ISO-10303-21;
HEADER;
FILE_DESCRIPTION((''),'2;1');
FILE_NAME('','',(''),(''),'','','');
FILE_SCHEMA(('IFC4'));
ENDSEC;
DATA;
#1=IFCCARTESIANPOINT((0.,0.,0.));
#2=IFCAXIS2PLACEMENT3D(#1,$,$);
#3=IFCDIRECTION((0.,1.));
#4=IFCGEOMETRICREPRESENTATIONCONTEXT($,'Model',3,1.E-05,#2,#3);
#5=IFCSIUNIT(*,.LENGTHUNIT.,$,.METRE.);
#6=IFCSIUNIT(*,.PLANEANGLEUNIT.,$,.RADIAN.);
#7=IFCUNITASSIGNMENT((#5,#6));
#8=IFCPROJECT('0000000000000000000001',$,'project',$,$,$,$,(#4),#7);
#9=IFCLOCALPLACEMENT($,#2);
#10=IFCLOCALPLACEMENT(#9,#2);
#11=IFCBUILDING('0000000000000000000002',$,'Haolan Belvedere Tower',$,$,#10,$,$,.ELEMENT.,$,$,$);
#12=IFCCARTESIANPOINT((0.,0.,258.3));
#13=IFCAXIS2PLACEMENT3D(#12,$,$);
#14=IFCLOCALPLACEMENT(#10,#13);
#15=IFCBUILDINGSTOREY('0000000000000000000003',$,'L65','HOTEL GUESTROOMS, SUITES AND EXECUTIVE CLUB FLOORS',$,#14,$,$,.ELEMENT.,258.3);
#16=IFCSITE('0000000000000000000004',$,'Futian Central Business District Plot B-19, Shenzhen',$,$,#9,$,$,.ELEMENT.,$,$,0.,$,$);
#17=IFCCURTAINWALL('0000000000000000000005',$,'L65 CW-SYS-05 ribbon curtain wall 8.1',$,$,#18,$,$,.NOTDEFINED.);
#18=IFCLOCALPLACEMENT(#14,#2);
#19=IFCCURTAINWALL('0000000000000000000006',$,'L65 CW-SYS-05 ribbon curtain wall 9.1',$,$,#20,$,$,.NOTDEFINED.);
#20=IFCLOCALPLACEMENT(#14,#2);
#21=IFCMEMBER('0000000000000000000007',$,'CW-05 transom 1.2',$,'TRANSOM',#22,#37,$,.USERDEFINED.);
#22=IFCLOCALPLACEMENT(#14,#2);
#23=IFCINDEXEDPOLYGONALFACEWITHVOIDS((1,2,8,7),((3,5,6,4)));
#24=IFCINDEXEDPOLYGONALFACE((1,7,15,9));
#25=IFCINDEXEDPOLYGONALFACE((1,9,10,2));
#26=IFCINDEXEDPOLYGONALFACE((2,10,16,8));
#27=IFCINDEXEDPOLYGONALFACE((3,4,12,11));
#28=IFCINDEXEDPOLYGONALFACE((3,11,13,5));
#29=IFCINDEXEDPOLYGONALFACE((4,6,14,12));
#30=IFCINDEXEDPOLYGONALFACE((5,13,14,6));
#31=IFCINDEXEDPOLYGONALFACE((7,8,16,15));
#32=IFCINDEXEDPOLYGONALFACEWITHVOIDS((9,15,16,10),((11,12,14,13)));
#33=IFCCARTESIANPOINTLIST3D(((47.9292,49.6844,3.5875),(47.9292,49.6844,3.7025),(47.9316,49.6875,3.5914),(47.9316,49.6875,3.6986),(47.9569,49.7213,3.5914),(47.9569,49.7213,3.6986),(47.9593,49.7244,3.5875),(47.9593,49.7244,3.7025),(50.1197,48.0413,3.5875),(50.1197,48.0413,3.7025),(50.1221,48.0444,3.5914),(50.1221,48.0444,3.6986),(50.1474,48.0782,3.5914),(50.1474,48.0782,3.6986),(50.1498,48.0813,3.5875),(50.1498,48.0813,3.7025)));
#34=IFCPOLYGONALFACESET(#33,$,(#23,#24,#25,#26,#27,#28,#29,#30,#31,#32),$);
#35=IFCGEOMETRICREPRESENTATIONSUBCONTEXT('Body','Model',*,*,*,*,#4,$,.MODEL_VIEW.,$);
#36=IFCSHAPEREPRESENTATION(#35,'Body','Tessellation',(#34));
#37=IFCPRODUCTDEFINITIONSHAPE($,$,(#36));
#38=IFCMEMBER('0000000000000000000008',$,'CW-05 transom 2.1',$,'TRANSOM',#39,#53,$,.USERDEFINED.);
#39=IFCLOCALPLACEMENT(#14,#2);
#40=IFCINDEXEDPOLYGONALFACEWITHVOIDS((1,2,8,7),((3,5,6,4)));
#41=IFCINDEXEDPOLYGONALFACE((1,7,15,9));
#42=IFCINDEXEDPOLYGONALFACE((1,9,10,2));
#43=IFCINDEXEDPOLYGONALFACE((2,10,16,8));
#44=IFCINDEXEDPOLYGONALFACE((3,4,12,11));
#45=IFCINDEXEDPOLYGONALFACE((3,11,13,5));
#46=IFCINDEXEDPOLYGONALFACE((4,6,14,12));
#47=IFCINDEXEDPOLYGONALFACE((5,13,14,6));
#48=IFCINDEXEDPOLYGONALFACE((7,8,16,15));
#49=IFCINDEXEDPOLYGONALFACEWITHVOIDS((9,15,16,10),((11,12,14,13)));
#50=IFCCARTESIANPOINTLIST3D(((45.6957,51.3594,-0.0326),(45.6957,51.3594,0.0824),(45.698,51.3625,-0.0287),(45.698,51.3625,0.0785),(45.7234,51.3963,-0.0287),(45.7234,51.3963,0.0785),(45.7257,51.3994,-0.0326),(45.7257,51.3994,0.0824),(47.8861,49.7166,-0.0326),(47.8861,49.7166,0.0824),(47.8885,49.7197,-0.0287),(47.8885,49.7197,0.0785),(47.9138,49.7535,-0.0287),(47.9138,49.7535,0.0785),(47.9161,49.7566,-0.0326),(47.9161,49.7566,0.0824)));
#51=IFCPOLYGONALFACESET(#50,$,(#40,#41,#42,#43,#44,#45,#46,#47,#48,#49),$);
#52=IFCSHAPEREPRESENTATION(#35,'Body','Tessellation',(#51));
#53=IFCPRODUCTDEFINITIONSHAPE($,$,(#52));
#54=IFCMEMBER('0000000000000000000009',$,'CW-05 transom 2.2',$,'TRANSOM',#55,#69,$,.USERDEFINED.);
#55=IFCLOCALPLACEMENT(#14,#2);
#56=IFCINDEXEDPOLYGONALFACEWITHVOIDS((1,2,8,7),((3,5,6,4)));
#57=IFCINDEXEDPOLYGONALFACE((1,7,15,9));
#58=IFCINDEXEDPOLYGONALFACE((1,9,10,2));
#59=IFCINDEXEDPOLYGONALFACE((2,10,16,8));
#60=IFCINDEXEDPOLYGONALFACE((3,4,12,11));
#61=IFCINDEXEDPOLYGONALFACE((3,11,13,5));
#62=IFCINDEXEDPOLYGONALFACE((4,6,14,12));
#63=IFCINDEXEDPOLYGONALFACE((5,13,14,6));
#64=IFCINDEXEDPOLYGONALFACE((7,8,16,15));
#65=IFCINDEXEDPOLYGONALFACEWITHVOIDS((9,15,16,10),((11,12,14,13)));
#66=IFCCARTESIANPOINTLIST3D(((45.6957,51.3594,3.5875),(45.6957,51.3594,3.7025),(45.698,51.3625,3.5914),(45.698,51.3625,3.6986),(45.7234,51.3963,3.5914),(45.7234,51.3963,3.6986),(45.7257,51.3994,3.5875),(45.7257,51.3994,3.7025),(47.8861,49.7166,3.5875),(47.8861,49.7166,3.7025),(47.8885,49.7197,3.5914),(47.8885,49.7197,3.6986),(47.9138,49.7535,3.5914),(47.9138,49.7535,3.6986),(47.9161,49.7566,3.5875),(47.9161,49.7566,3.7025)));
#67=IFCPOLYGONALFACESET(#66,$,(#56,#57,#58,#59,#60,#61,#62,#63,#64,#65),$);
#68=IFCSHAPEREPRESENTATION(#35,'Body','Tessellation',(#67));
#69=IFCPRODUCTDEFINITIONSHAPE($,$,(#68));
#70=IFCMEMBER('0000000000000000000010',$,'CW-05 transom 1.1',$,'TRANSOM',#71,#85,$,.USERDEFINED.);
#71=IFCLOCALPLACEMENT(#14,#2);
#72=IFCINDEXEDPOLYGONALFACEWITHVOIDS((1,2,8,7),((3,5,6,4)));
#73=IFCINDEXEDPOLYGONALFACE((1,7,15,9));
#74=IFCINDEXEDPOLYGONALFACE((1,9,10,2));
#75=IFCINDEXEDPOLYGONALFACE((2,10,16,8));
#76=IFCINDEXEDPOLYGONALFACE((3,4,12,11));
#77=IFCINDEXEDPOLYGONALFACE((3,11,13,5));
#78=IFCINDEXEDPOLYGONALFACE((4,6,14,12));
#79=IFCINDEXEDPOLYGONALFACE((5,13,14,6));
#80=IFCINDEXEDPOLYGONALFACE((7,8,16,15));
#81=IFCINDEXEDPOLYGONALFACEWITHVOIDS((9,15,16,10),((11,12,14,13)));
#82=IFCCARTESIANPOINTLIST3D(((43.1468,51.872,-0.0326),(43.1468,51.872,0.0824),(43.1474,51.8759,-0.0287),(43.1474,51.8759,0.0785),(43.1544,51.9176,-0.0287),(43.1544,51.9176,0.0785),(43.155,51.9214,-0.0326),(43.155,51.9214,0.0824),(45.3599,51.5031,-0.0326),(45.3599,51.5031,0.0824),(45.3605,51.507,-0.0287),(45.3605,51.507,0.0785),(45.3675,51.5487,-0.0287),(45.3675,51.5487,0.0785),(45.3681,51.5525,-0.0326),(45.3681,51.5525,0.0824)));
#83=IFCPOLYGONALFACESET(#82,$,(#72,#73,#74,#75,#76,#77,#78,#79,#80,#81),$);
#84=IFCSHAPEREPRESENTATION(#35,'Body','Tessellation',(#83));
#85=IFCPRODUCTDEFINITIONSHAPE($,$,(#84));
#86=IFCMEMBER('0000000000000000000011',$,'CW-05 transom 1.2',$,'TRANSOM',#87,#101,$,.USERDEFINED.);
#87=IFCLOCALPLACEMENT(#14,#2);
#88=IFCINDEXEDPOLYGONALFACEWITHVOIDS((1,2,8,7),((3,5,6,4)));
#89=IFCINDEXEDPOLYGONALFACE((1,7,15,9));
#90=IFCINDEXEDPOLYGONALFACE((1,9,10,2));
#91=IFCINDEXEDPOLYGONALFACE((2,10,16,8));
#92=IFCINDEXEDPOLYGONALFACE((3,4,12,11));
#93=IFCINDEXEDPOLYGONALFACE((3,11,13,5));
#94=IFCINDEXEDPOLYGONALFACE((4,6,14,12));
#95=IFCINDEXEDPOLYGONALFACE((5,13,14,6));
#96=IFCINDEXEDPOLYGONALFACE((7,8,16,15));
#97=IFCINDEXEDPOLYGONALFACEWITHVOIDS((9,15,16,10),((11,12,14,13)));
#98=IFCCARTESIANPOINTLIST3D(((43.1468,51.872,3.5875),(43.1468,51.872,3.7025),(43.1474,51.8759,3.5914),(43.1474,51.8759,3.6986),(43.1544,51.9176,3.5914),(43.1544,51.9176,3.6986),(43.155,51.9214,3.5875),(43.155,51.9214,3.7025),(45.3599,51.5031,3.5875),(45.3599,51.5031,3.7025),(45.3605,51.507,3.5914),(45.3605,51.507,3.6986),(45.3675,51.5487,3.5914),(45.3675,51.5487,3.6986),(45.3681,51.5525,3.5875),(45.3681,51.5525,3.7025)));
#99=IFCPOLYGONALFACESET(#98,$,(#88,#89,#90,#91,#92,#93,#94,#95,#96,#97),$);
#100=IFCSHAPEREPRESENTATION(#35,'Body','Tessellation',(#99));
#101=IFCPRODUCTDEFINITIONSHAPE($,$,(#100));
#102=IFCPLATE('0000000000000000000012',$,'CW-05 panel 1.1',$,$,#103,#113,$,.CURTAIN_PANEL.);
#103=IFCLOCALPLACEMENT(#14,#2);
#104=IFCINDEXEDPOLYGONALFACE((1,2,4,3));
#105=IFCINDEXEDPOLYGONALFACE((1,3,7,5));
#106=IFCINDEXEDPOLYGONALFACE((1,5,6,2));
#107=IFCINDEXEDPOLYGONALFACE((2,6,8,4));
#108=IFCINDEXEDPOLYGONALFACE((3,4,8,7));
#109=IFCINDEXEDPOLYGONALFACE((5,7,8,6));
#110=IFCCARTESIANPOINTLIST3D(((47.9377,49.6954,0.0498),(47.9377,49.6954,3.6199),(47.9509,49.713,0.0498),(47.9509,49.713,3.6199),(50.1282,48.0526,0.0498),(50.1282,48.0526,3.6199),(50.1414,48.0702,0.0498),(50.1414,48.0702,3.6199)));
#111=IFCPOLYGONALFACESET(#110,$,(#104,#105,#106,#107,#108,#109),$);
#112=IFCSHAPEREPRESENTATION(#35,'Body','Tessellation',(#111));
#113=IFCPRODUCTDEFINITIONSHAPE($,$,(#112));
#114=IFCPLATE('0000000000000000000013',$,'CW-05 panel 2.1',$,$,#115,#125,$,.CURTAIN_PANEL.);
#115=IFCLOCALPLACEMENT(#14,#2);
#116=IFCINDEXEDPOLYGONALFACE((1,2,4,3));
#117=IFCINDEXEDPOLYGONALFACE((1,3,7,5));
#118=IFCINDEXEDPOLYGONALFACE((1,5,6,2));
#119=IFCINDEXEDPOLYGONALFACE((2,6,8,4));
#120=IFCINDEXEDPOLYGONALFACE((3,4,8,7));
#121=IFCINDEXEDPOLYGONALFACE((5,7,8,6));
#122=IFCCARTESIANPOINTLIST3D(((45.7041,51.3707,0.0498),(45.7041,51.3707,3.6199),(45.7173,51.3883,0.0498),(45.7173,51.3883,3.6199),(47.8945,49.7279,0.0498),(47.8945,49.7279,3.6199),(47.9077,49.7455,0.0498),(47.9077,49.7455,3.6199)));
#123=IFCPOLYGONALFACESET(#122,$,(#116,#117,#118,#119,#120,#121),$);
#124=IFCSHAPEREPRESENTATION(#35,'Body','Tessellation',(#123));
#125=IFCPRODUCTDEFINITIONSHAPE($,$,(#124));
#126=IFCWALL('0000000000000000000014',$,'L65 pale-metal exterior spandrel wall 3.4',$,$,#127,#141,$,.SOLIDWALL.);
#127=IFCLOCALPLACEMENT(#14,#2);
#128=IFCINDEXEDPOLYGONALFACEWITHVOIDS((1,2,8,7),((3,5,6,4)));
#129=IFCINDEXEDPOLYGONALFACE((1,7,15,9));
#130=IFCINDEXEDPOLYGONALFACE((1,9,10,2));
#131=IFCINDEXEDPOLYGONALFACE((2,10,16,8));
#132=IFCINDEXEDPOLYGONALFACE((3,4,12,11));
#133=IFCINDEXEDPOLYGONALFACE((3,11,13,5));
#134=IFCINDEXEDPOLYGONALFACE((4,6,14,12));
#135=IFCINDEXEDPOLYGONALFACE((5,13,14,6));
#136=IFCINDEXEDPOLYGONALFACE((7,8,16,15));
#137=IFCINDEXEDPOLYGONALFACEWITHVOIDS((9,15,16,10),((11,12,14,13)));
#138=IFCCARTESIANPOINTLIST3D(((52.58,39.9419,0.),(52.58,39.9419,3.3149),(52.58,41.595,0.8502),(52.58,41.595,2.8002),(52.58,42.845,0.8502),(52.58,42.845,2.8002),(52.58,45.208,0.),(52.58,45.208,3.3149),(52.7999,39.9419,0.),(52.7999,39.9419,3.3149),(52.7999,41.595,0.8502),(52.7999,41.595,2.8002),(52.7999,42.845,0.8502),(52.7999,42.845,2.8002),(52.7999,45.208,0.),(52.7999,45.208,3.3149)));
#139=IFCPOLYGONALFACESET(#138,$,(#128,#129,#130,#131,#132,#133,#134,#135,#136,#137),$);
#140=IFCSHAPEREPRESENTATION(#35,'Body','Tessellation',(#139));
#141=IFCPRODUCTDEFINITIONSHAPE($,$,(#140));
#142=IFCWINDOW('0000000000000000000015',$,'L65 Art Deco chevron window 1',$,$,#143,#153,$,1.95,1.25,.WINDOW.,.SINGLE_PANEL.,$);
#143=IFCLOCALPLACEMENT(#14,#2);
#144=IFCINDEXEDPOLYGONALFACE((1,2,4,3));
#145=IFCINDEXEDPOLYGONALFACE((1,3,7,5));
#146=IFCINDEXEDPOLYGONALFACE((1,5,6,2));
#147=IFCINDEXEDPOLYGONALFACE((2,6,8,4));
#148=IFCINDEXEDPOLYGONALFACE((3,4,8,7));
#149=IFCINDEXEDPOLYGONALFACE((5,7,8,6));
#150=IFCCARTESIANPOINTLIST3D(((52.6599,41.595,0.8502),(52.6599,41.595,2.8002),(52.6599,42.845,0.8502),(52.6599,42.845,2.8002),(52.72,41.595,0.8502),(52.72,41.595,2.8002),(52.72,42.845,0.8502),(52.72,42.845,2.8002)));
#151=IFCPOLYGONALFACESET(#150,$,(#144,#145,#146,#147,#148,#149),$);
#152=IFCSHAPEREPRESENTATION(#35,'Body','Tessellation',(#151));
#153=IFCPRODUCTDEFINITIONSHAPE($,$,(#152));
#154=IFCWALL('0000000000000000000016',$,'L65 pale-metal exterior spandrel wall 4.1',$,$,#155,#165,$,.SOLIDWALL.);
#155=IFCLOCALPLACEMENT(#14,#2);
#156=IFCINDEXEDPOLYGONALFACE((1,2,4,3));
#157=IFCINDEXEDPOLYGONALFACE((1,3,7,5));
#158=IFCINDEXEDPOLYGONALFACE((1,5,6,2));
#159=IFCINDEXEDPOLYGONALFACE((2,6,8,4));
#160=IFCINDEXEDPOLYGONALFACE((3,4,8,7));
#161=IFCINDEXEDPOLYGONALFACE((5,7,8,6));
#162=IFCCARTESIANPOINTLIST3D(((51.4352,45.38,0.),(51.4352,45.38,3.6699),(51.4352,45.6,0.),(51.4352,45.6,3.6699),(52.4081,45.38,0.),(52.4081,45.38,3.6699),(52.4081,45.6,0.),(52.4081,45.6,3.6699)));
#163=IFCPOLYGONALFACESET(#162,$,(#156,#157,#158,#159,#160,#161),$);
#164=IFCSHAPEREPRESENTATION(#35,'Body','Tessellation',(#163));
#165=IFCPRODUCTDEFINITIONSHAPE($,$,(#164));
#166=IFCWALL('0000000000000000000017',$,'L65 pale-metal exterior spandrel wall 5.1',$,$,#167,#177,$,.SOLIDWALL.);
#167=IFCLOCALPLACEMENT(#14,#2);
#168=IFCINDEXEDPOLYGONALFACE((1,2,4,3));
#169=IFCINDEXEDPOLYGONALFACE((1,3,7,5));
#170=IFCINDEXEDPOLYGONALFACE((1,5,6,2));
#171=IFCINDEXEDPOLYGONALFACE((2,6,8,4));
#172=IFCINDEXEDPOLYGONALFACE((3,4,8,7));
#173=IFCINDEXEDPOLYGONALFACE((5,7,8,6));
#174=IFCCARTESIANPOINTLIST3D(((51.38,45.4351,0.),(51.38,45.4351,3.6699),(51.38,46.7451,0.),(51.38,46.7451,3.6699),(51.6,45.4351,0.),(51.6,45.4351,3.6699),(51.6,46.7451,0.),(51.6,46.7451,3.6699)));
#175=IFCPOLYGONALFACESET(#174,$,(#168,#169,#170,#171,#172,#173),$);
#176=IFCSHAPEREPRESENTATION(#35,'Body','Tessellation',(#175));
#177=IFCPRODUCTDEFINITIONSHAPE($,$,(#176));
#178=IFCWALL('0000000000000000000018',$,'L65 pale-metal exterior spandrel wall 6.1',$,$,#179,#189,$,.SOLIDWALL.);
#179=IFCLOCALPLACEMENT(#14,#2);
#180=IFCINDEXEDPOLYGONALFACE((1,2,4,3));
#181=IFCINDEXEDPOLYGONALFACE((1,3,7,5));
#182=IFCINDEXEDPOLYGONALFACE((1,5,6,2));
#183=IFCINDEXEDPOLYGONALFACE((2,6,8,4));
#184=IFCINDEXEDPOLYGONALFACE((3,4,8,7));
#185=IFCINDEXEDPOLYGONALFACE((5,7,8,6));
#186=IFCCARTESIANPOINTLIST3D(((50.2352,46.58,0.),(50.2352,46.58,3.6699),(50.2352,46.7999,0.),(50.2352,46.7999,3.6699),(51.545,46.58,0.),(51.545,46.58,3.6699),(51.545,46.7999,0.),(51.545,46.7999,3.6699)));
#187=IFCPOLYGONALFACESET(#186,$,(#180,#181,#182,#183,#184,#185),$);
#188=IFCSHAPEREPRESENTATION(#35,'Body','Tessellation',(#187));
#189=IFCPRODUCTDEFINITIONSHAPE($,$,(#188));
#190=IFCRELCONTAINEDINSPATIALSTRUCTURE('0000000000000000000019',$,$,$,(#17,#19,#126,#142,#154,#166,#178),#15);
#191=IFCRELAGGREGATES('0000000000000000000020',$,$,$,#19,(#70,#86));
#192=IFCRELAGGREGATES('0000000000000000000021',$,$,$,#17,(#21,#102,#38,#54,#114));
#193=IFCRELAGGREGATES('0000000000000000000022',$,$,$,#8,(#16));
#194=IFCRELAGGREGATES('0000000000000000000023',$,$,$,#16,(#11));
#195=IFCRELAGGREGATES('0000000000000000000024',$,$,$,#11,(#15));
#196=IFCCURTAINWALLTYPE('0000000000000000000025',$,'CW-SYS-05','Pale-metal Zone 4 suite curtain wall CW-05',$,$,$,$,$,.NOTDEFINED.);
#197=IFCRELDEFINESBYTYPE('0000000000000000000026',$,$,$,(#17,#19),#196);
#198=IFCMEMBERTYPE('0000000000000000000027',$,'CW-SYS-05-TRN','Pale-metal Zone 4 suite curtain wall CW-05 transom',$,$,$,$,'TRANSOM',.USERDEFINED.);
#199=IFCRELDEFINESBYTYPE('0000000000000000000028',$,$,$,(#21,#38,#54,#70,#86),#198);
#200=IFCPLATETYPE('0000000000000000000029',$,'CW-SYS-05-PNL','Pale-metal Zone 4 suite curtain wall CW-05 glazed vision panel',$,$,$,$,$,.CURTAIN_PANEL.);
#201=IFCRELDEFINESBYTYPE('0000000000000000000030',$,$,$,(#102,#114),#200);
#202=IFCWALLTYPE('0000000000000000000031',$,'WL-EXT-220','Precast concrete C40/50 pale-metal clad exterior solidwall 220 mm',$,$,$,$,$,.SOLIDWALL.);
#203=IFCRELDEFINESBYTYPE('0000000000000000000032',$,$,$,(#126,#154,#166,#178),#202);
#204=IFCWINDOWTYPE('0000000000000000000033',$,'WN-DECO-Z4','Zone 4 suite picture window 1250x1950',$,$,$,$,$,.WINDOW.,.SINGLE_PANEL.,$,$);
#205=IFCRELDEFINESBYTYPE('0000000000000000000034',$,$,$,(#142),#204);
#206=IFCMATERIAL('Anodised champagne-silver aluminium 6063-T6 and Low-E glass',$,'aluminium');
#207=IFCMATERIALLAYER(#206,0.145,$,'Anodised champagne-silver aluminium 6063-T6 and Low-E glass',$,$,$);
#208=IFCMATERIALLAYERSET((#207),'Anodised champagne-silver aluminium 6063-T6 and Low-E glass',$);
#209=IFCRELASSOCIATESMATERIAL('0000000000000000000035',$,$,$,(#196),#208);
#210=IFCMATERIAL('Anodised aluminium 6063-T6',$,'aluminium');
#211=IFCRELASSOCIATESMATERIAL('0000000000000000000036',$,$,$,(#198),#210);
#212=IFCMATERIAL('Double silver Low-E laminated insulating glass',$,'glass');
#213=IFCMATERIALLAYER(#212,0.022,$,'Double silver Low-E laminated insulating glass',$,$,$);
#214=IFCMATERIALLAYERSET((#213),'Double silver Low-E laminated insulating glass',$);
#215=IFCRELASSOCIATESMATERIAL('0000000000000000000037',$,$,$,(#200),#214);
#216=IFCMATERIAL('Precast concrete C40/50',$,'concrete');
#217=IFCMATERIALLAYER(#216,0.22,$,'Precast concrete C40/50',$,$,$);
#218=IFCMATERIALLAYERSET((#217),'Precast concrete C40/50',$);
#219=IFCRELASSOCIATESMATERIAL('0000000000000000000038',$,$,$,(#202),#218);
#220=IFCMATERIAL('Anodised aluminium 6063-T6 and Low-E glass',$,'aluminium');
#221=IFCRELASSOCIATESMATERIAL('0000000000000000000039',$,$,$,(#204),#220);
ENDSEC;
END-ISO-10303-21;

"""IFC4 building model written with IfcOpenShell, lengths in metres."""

from ifc_helpers import new_model, si_unit, direction, frame, frame_2d, origin, origin_2d, place, context, subcontext, project, spatial, rectangle, hollow_rectangle, extrude, material, layer, layer_set, material_profile, profile_set, type_object, element, fill, aggregate, save


model = new_model("IFC4")

# Units and contexts
model_context = context("Model", 3, precision=1e-05, world=origin(), true_north=direction((0.0, 1.0)))
body_context = subcontext(model_context, "Body", "Model", "MODEL_VIEW")
ifc_project = project(units=[si_unit("LENGTHUNIT", "METRE"), si_unit("PLANEANGLEUNIT", "RADIAN")], contexts=[model_context])

# Site, building, storey
site_placement = place(None, origin())
site = spatial("IfcSite", under=ifc_project, at=site_placement, Name="Futian Central Business District Plot B-19, Shenzhen", CompositionType="ELEMENT", RefElevation=0.0)
building_placement = place(site_placement, origin())
building = spatial("IfcBuilding", under=site, at=building_placement, Name="Haolan Belvedere Tower", CompositionType="ELEMENT")
storey_placement = place(building_placement, frame((0.0, 0.0, 258.3)))
storey = spatial("IfcBuildingStorey", under=building, at=storey_placement, Name="L65", Description="HOTEL GUESTROOMS, SUITES AND EXECUTIVE CLUB FLOORS", CompositionType="ELEMENT", Elevation=258.3)

# Curtain wall
ifc_material_1 = material(Name="Anodised champagne-silver aluminium 6063-T6 and Low-E glass", Category="aluminium")
ifc_layer_1 = layer(ifc_material_1, 0.145, Name="Anodised champagne-silver aluminium 6063-T6 and Low-E glass")
ifc_layer_set_1 = layer_set([ifc_layer_1], Name="Anodised champagne-silver aluminium 6063-T6 and Low-E glass")
curtain_wall_type = type_object("IfcCurtainWallType", Name="CW-SYS-05", Description="Pale-metal Zone 4 suite curtain wall CW-05", PredefinedType="NOTDEFINED", material=ifc_layer_set_1)
curtain_wall_1_placement = place(storey_placement, origin())
curtain_wall_1 = element("IfcCurtainWall", 1, at=curtain_wall_1_placement, inside=storey, type_object=curtain_wall_type, Name="L65 CW-SYS-05 ribbon curtain wall 8.1", PredefinedType="NOTDEFINED")
ifc_material_2 = material(Name="Anodised aluminium 6063-T6", Category="aluminium")

# Curtain wall
curtain_wall_2_placement = place(storey_placement, origin())
curtain_wall_2 = element("IfcCurtainWall", 2, at=curtain_wall_2_placement, inside=storey, type_object=curtain_wall_type, Name="L65 CW-SYS-05 ribbon curtain wall 9.1", PredefinedType="NOTDEFINED")

# Members
ifc_material_profile_1 = material_profile(ifc_material_2, hollow_rectangle(XDim=0.05, YDim=0.115, WallThickness=0.0039, at=origin_2d()), Name="Anodised aluminium 6063-T6")
ifc_profile_set_1 = profile_set([ifc_material_profile_1], Name="Anodised aluminium 6063-T6")
member_type_1 = type_object("IfcMemberType", Name="CW-SYS-05-TRN", Description="Pale-metal Zone 4 suite curtain wall CW-05 transom", ElementType="TRANSOM", PredefinedType="USERDEFINED", material=ifc_profile_set_1)
member_1_placement = place(storey_placement, frame((50.1348, 48.0613, 3.645), z_axis=(-0.799957, 0.600057, 0.0), x_axis=(-0.600057, -0.799957, 0.0)))
member_1 = element("IfcMember", 3, at=member_1_placement, type_object=member_type_1, Name="CW-05 transom 1.2", ObjectType="TRANSOM", PredefinedType="USERDEFINED", context=body_context, shape_type="SweptSolid", body=[
    extrude(hollow_rectangle(XDim=0.05, YDim=0.115, WallThickness=0.0039, at=origin_2d()), origin(), (0.0, 0.0, 1.0), 2.7383),
])
member_2_placement = place(storey_placement, frame((47.9011, 49.7366, 0.0249), z_axis=(-0.8, 0.6, 0.0), x_axis=(-0.6, -0.8, 0.0)))
member_2 = element("IfcMember", 4, at=member_2_placement, type_object=member_type_1, Name="CW-05 transom 2.1", ObjectType="TRANSOM", PredefinedType="USERDEFINED", context=body_context, shape_type="SweptSolid", body=[
    extrude(hollow_rectangle(XDim=0.05, YDim=0.115, WallThickness=0.0039, at=origin_2d()), origin(), (0.0, 0.0, 1.0), 2.738),
])
member_3_placement = place(storey_placement, frame((47.9011, 49.7366, 3.645), z_axis=(-0.8, 0.6, 0.0), x_axis=(-0.6, -0.8, 0.0)))
member_3 = element("IfcMember", 5, at=member_3_placement, type_object=member_type_1, Name="CW-05 transom 2.2", ObjectType="TRANSOM", PredefinedType="USERDEFINED", context=body_context, shape_type="SweptSolid", body=[
    extrude(hollow_rectangle(XDim=0.05, YDim=0.115, WallThickness=0.0039, at=origin_2d()), origin(), (0.0, 0.0, 1.0), 2.738),
])
member_4_placement = place(storey_placement, frame((45.364, 51.5278, 0.0249), z_axis=(-0.986391, 0.164417, 0.0), x_axis=(-0.164417, -0.986391, 0.0)))
member_4 = element("IfcMember", 6, at=member_4_placement, type_object=member_type_1, Name="CW-05 transom 1.1", ObjectType="TRANSOM", PredefinedType="USERDEFINED", context=body_context, shape_type="SweptSolid", body=[
    extrude(hollow_rectangle(XDim=0.05, YDim=0.115, WallThickness=0.0039, at=origin_2d()), origin(), (0.0, 0.0, 1.0), 2.2437),
])
member_5_placement = place(storey_placement, frame((45.364, 51.5278, 3.645), z_axis=(-0.986391, 0.164417, 0.0), x_axis=(-0.164417, -0.986391, 0.0)))
member_5 = element("IfcMember", 7, at=member_5_placement, type_object=member_type_1, Name="CW-05 transom 1.2", ObjectType="TRANSOM", PredefinedType="USERDEFINED", context=body_context, shape_type="SweptSolid", body=[
    extrude(hollow_rectangle(XDim=0.05, YDim=0.115, WallThickness=0.0039, at=origin_2d()), origin(), (0.0, 0.0, 1.0), 2.2437),
])
aggregate(curtain_wall_2, [member_4, member_5])

# Plates
ifc_material_3 = material(Name="Double silver Low-E laminated insulating glass", Category="glass")
ifc_layer_2 = layer(ifc_material_3, 0.022, Name="Double silver Low-E laminated insulating glass")
ifc_layer_set_2 = layer_set([ifc_layer_2], Name="Double silver Low-E laminated insulating glass")
plate_type = type_object("IfcPlateType", Name="CW-SYS-05-PNL", Description="Pale-metal Zone 4 suite curtain wall CW-05 glazed vision panel", PredefinedType="CURTAIN_PANEL", material=ifc_layer_set_2)
plate_1_placement = place(storey_placement, frame((49.0396, 48.8828, 0.0498), z_axis=(0.0, 0.0, 1.0), x_axis=(-0.799998, 0.600003, 0.0)))
plate_1 = element("IfcPlate", 8, at=plate_1_placement, type_object=plate_type, Name="CW-05 panel 1.1", PredefinedType="CURTAIN_PANEL", context=body_context, shape_type="SweptSolid", body=[
    extrude(rectangle(XDim=2.738, YDim=0.022, at=origin_2d()), origin(), (0.0, 0.0, 1.0), 3.5701),
])
plate_2_placement = place(storey_placement, frame((46.8059, 50.5581, 0.0498), z_axis=(0.0, 0.0, 1.0), x_axis=(-0.799998, 0.600003, 0.0)))
plate_2 = element("IfcPlate", 9, at=plate_2_placement, type_object=plate_type, Name="CW-05 panel 2.1", PredefinedType="CURTAIN_PANEL", context=body_context, shape_type="SweptSolid", body=[
    extrude(rectangle(XDim=2.738, YDim=0.022, at=origin_2d()), origin(), (0.0, 0.0, 1.0), 3.5701),
])
aggregate(curtain_wall_1, [member_1, plate_1, member_2, member_3, plate_2])

# Wall, opening, window
ifc_material_4 = material(Name="Precast concrete C40/50", Category="concrete")
ifc_layer_3 = layer(ifc_material_4, 0.22, Name="Precast concrete C40/50")
ifc_layer_set_3 = layer_set([ifc_layer_3], Name="Precast concrete C40/50")
wall_type_1 = type_object("IfcWallType", Name="WL-EXT-220", Description="Precast concrete C40/50 pale-metal clad exterior solidwall 220 mm", PredefinedType="SOLIDWALL", material=ifc_layer_set_3)
wall_1_placement = place(storey_placement, frame((52.6899, 39.9419, 0.0), z_axis=(0.0, 0.0, 1.0), x_axis=(0.0, 1.0, 0.0)))
wall_1 = element("IfcWall", 10, at=wall_1_placement, inside=storey, type_object=wall_type_1, Name="L65 pale-metal exterior spandrel wall 3.4", PredefinedType="SOLIDWALL", context=body_context, shape_type="SweptSolid", body=[
    extrude(rectangle(XDim=5.2661, YDim=0.22, at=frame_2d((2.6331, 0.0))), origin(), (0.0, 0.0, 1.0), 3.3149),
])
opening_1_placement = place(wall_1_placement, frame((1.6531, 0.0, 0.8501)))
opening_1 = element("IfcOpeningElement", 11, at=opening_1_placement, cuts=wall_1, PredefinedType="OPENING", context=body_context, shape_type="SweptSolid", body=[
    extrude(rectangle(XDim=1.25, YDim=1.95, at=frame_2d((0.625, 0.9751))), frame((0.0, 0.1199, 0.0), z_axis=(0.0, -1.0, 0.0), x_axis=(1.0, 0.0, 0.0)), (0.0, 0.0, 1.0), 0.24),
])
ifc_material_5 = material(Name="Anodised aluminium 6063-T6 and Low-E glass", Category="aluminium")
window_type = type_object("IfcWindowType", Name="WN-DECO-Z4", Description="Zone 4 suite picture window 1250x1950", PartitioningType="SINGLE_PANEL", PredefinedType="WINDOW", material=ifc_material_5)
window_placement = place(opening_1_placement, origin())
window = element("IfcWindow", 12, at=window_placement, inside=storey, type_object=window_type, Name="L65 Art Deco chevron window 1", OverallHeight=1.95, OverallWidth=1.25, PartitioningType="SINGLE_PANEL", PredefinedType="WINDOW", context=body_context, shape_type="SweptSolid", body=[
    extrude(rectangle(XDim=1.25, YDim=1.95, at=frame_2d((0.625, 0.9751))), frame((0.0, 0.03, 0.0), z_axis=(0.0, -1.0, 0.0), x_axis=(1.0, 0.0, 0.0)), (0.0, 0.0, 1.0), 0.0601),
])
fill(opening_1, window)

# Walls
wall_2_placement = place(storey_placement, frame((52.408, 45.49, 0.0), z_axis=(0.0, 0.0, 1.0), x_axis=(-1.0, 0.0, 0.0)))
element("IfcWall", 13, at=wall_2_placement, inside=storey, type_object=wall_type_1, Name="L65 pale-metal exterior spandrel wall 4.1", PredefinedType="SOLIDWALL", context=body_context, shape_type="SweptSolid", body=[
    extrude(rectangle(XDim=0.9729, YDim=0.22, at=frame_2d((0.4863, 0.0))), origin(), (0.0, 0.0, 1.0), 3.6699),
])
wall_3_placement = place(storey_placement, frame((51.49, 45.4351, 0.0), z_axis=(0.0, 0.0, 1.0), x_axis=(0.0, 1.0, 0.0)))
element("IfcWall", 14, at=wall_3_placement, inside=storey, type_object=wall_type_1, Name="L65 pale-metal exterior spandrel wall 5.1", PredefinedType="SOLIDWALL", context=body_context, shape_type="SweptSolid", body=[
    extrude(rectangle(XDim=1.3101, YDim=0.22, at=frame_2d((0.655, 0.0))), origin(), (0.0, 0.0, 1.0), 3.6699),
])
wall_4_placement = place(storey_placement, frame((51.5449, 46.6899, 0.0), z_axis=(0.0, 0.0, 1.0), x_axis=(-1.0, 0.0, 0.0)))
element("IfcWall", 15, at=wall_4_placement, inside=storey, type_object=wall_type_1, Name="L65 pale-metal exterior spandrel wall 6.1", PredefinedType="SOLIDWALL", context=body_context, shape_type="SweptSolid", body=[
    extrude(rectangle(XDim=1.3098, YDim=0.22, at=frame_2d((0.6548, 0.0))), origin(), (0.0, 0.0, 1.0), 3.6699),
])

save(model, "model.ifc")
